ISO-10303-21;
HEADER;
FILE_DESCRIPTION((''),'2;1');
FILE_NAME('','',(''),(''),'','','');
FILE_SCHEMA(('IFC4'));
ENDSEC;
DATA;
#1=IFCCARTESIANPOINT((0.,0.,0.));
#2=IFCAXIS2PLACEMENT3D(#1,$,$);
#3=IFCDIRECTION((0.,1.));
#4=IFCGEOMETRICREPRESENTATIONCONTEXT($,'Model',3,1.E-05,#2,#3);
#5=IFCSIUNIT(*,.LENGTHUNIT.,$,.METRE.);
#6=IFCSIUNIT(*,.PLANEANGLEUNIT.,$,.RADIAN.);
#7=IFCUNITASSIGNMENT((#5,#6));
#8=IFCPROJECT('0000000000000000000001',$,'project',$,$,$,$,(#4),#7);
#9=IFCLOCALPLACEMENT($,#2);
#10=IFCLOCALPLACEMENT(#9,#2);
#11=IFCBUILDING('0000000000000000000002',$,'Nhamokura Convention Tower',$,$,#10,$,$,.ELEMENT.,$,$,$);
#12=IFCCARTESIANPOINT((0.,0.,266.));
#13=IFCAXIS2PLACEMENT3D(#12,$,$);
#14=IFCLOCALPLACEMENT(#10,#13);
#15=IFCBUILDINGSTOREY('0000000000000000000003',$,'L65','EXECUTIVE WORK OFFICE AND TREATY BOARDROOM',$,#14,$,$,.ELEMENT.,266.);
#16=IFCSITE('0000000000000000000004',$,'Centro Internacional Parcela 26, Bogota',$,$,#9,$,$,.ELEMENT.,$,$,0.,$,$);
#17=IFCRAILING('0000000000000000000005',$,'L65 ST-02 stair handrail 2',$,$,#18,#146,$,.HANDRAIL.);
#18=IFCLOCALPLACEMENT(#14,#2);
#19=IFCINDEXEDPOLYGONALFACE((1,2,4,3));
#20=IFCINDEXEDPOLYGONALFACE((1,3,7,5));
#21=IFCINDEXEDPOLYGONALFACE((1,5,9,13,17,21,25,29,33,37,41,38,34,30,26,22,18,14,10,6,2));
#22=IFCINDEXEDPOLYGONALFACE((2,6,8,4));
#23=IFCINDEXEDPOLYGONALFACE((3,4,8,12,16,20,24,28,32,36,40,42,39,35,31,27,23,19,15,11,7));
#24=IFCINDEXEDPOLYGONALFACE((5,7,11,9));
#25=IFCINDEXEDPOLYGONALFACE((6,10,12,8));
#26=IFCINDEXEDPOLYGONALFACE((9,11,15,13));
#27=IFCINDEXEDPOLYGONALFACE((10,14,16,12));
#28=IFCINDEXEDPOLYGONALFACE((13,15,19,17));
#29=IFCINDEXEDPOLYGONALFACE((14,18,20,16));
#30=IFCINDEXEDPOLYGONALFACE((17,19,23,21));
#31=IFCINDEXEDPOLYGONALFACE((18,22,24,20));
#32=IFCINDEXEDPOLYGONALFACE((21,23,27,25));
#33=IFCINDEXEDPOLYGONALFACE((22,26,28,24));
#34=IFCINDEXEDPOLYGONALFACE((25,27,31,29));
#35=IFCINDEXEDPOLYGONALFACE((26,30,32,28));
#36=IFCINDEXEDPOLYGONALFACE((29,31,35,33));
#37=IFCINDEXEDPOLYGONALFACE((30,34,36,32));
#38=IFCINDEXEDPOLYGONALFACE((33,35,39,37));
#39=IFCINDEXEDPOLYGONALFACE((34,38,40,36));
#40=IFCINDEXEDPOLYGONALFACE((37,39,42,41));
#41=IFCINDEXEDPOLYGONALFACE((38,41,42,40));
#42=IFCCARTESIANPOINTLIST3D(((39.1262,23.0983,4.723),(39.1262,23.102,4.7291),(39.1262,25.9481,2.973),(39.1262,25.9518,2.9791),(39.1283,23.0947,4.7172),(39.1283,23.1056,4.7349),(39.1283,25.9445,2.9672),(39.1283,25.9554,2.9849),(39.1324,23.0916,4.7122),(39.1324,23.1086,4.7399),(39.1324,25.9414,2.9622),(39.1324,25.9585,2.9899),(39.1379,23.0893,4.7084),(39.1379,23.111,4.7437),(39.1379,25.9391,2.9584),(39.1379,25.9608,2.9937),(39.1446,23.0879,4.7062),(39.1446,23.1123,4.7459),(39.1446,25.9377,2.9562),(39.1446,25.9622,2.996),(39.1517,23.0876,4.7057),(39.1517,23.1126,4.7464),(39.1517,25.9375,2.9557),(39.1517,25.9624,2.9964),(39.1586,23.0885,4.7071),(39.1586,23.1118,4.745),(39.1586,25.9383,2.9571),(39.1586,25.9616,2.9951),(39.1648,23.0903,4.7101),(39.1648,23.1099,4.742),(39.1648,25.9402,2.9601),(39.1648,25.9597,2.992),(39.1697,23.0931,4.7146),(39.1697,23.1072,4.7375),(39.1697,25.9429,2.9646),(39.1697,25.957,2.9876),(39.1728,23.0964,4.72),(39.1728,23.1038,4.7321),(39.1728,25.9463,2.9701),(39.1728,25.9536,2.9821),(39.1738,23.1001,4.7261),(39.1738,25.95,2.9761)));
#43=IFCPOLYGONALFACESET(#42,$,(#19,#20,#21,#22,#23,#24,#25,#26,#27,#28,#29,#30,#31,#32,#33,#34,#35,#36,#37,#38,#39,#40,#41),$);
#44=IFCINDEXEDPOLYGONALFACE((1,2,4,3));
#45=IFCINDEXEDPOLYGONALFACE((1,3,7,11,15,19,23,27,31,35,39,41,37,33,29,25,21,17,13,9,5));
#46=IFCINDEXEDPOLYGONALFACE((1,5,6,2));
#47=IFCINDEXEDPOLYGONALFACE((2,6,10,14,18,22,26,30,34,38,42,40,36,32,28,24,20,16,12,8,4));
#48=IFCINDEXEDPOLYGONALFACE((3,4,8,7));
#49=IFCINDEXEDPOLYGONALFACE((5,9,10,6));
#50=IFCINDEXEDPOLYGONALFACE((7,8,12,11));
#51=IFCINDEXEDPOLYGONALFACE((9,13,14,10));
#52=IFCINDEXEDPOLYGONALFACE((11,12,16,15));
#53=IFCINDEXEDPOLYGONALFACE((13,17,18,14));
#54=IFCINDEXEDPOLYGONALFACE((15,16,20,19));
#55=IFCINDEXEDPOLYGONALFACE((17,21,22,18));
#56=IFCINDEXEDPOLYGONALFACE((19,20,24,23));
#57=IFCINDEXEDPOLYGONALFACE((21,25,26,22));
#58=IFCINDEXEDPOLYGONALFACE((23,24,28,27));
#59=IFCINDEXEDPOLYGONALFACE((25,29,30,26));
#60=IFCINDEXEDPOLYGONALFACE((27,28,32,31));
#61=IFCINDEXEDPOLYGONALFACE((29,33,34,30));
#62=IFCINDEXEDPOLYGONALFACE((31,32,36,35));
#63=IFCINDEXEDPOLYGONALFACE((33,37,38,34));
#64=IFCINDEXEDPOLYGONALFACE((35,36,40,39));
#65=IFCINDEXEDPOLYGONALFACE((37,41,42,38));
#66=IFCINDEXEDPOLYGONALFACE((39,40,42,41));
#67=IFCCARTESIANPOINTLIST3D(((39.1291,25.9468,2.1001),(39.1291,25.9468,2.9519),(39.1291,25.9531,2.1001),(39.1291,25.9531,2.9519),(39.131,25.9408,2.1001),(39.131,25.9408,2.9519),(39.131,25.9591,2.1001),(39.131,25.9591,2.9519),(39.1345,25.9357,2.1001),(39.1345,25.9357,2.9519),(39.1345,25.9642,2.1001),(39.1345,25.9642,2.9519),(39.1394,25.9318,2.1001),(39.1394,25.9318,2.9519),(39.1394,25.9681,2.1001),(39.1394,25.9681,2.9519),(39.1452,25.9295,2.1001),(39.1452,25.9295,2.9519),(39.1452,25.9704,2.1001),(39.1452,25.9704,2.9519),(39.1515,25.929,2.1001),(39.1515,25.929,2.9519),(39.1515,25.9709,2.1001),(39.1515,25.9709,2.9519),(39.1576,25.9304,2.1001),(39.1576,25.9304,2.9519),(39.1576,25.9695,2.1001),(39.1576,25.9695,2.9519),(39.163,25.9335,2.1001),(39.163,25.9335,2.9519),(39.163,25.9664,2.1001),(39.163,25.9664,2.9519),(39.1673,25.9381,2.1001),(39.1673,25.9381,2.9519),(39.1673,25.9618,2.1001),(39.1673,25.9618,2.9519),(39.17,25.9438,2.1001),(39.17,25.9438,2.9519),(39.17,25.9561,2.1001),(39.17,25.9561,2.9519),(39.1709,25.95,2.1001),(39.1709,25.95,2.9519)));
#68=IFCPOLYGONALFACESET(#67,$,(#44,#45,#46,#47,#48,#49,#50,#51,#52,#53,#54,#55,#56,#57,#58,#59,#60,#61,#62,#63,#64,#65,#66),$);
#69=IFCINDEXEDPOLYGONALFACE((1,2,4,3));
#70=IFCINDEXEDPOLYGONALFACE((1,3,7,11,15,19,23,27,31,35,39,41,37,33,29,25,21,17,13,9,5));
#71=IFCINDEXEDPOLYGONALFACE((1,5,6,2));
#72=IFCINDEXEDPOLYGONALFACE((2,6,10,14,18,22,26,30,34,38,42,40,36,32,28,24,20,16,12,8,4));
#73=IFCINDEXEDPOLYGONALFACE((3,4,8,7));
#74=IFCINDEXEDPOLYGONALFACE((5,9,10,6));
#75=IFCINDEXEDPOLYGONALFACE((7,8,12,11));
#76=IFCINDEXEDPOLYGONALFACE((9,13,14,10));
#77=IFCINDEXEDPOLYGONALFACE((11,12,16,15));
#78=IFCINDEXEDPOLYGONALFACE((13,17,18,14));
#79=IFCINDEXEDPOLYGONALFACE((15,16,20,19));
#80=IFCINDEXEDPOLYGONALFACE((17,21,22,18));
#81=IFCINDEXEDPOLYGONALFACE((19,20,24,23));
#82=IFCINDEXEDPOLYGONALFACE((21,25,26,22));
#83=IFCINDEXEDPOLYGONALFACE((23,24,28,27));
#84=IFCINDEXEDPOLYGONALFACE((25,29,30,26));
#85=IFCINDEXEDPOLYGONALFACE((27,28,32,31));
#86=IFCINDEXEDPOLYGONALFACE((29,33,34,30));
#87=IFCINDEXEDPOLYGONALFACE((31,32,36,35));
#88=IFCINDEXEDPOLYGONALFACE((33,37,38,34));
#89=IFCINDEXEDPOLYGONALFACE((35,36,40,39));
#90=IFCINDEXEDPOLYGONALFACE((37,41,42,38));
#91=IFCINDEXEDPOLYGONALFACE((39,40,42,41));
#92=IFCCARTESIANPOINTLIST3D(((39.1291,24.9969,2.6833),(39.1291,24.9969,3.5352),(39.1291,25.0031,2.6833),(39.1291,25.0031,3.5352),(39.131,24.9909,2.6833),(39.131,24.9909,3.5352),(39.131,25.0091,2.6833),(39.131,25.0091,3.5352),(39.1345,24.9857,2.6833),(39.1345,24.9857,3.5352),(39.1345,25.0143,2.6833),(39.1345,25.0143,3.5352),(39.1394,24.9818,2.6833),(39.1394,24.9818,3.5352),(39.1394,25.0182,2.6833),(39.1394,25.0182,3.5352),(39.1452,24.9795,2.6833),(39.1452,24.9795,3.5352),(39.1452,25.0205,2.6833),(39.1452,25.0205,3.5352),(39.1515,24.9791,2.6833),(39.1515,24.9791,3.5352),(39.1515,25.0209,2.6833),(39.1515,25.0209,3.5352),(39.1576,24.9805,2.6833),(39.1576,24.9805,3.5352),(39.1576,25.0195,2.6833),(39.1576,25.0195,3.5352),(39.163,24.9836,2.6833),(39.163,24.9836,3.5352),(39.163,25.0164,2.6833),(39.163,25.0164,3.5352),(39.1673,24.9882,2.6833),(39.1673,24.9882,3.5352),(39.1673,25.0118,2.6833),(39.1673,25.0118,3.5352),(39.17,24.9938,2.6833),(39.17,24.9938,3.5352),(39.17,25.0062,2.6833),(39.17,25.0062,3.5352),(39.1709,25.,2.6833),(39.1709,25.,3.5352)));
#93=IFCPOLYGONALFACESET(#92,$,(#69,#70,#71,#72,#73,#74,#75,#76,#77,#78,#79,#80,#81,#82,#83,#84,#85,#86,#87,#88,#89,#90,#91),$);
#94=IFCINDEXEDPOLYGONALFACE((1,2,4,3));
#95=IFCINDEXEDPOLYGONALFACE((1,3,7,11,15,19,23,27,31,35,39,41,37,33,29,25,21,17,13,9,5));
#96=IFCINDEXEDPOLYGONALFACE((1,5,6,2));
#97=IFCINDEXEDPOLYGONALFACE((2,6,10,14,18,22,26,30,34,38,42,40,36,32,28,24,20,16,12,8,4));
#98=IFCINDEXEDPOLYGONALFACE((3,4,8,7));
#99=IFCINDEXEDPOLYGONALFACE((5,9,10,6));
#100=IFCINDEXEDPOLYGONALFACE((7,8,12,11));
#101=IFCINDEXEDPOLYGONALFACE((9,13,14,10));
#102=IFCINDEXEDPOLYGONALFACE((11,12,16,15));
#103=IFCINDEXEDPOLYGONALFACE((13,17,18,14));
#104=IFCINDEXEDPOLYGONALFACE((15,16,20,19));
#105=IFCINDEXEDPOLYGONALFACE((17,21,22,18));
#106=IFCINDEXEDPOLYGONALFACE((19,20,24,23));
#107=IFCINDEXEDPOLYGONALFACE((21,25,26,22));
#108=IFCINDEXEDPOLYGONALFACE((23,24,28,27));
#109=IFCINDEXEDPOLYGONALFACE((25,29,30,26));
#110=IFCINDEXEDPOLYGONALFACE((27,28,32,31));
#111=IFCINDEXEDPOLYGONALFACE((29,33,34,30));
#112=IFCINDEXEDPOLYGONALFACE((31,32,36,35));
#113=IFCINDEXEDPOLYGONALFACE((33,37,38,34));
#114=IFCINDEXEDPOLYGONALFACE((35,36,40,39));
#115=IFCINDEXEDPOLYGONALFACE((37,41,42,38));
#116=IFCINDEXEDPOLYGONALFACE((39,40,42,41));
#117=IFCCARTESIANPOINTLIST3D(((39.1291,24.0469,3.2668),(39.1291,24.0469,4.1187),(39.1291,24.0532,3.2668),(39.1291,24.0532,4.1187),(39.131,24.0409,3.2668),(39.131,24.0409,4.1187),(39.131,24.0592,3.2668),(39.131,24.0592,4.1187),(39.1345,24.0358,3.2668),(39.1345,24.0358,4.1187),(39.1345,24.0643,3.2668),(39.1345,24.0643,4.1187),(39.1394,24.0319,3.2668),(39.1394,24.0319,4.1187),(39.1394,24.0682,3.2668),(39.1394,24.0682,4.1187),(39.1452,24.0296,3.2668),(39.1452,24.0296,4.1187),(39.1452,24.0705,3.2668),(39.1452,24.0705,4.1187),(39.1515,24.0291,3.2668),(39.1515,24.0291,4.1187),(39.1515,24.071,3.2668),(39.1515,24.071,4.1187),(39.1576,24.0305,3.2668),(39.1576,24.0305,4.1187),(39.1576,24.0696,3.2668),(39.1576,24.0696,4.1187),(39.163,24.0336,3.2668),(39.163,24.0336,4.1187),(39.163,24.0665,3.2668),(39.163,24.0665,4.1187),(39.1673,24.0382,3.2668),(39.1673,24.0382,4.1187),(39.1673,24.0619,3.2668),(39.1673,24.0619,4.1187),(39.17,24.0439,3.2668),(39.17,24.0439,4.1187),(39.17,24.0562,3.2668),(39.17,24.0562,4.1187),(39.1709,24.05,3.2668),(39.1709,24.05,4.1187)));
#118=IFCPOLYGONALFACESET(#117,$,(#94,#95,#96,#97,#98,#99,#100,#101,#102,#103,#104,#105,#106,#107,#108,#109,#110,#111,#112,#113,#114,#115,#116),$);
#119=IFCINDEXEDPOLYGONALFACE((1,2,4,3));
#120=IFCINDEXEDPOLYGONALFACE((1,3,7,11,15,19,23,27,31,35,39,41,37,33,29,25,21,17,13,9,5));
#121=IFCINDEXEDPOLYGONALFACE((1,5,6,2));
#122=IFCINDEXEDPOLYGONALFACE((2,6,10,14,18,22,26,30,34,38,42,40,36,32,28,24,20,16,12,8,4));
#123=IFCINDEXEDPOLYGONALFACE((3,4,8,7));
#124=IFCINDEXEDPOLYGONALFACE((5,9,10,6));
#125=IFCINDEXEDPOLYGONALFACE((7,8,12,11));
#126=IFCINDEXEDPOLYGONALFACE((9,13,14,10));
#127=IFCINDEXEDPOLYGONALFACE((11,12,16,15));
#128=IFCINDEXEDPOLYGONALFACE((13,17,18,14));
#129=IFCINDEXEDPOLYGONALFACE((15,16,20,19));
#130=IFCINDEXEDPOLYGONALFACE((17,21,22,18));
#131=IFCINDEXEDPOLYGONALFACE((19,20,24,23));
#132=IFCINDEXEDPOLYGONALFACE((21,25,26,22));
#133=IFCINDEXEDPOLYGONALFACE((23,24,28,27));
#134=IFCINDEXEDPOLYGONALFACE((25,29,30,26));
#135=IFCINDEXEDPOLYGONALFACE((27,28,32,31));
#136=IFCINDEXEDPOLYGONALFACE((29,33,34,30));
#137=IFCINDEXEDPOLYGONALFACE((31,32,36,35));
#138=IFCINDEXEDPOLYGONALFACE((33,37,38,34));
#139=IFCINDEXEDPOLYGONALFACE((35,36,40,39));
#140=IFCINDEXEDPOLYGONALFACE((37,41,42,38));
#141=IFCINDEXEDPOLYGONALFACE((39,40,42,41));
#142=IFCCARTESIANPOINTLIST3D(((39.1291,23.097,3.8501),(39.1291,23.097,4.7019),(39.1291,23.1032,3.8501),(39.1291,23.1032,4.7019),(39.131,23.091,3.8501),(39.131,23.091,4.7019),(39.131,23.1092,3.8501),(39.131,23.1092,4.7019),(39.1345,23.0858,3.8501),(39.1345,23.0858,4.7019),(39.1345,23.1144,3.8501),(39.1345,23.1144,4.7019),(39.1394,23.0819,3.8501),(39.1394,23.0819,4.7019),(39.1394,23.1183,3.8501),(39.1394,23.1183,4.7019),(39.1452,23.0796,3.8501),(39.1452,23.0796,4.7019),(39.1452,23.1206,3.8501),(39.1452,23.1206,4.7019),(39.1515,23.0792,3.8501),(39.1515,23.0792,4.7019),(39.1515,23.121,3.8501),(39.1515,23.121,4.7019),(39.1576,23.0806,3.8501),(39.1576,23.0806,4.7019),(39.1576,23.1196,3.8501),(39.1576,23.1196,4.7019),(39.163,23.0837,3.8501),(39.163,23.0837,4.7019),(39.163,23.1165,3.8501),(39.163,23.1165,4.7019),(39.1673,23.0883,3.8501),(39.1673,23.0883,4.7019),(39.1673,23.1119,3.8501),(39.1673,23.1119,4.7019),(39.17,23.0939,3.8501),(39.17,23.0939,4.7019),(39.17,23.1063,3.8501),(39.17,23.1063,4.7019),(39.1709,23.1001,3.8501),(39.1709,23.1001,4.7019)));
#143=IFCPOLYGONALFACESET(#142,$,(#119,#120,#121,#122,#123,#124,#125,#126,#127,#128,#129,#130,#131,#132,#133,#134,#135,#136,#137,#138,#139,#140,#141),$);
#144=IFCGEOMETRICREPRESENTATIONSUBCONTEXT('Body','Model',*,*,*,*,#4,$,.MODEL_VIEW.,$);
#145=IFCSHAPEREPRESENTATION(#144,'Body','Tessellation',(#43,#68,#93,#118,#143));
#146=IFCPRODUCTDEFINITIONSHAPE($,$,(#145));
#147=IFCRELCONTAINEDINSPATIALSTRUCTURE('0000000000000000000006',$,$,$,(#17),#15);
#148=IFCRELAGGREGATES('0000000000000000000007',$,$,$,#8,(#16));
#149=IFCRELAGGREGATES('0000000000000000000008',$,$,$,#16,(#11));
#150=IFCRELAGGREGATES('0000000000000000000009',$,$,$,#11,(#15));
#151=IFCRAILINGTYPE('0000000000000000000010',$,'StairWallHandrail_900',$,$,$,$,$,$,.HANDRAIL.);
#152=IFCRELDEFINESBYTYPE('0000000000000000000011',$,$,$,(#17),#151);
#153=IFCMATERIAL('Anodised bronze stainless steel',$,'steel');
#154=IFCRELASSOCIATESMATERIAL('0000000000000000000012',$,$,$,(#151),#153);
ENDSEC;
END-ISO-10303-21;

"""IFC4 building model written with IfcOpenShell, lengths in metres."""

from ifc_helpers import new_model, si_unit, direction, frame, origin, origin_2d, place, context, subcontext, project, spatial, circle, extrude, material, type_object, element, save


model = new_model("IFC4")

# Units and contexts
model_context = context("Model", 3, precision=1e-05, world=origin(), true_north=direction((0.0, 1.0)))
body_context = subcontext(model_context, "Body", "Model", "MODEL_VIEW")
ifc_project = project(units=[si_unit("LENGTHUNIT", "METRE"), si_unit("PLANEANGLEUNIT", "RADIAN")], contexts=[model_context])

# Site, building, storey
site_placement = place(None, origin())
site = spatial("IfcSite", under=ifc_project, at=site_placement, Name="Centro Internacional Parcela 26, Bogota", CompositionType="ELEMENT", RefElevation=0.0)
building_placement = place(site_placement, origin())
building = spatial("IfcBuilding", under=site, at=building_placement, Name="Nhamokura Convention Tower", CompositionType="ELEMENT")
storey_placement = place(building_placement, frame((0.0, 0.0, 266.0)))
storey = spatial("IfcBuildingStorey", under=building, at=storey_placement, Name="L65", Description="EXECUTIVE WORK OFFICE AND TREATY BOARDROOM", CompositionType="ELEMENT", Elevation=266.0)

# Railing
ifc_material_1 = material(Name="Anodised bronze stainless steel", Category="steel")
railing_type_1 = type_object("IfcRailingType", Name="StairWallHandrail_900", PredefinedType="HANDRAIL", material=ifc_material_1)
railing_1_placement = place(storey_placement, frame((39.1499, 25.95, 2.1001)))
element("IfcRailing", 1, at=railing_1_placement, inside=storey, type_object=railing_type_1, Name="L65 ST-02 stair handrail 2", PredefinedType="HANDRAIL", context=body_context, shape_type="SweptSolid", body=[
    extrude(circle(Radius=0.0239, at=origin_2d()), frame((0.0, 0.0, 0.876), z_axis=(0.0, -0.852159, 0.523283), x_axis=(1.0, 0.0, 0.0)), (0.0, 0.0, 1.0), 3.3442),
    extrude(circle(Radius=0.021, at=origin_2d()), origin(), (0.0, 0.0, 1.0), 0.8518),
    extrude(circle(Radius=0.021, at=origin_2d()), frame((0.0, -0.95, 0.5833)), (0.0, 0.0, 1.0), 0.8518),
    extrude(circle(Radius=0.021, at=origin_2d()), frame((0.0, -1.8999, 1.1667)), (0.0, 0.0, 1.0), 0.8518),
    extrude(circle(Radius=0.021, at=origin_2d()), frame((0.0, -2.8499, 1.75)), (0.0, 0.0, 1.0), 0.8518),
])

save(model, "model.ifc")
